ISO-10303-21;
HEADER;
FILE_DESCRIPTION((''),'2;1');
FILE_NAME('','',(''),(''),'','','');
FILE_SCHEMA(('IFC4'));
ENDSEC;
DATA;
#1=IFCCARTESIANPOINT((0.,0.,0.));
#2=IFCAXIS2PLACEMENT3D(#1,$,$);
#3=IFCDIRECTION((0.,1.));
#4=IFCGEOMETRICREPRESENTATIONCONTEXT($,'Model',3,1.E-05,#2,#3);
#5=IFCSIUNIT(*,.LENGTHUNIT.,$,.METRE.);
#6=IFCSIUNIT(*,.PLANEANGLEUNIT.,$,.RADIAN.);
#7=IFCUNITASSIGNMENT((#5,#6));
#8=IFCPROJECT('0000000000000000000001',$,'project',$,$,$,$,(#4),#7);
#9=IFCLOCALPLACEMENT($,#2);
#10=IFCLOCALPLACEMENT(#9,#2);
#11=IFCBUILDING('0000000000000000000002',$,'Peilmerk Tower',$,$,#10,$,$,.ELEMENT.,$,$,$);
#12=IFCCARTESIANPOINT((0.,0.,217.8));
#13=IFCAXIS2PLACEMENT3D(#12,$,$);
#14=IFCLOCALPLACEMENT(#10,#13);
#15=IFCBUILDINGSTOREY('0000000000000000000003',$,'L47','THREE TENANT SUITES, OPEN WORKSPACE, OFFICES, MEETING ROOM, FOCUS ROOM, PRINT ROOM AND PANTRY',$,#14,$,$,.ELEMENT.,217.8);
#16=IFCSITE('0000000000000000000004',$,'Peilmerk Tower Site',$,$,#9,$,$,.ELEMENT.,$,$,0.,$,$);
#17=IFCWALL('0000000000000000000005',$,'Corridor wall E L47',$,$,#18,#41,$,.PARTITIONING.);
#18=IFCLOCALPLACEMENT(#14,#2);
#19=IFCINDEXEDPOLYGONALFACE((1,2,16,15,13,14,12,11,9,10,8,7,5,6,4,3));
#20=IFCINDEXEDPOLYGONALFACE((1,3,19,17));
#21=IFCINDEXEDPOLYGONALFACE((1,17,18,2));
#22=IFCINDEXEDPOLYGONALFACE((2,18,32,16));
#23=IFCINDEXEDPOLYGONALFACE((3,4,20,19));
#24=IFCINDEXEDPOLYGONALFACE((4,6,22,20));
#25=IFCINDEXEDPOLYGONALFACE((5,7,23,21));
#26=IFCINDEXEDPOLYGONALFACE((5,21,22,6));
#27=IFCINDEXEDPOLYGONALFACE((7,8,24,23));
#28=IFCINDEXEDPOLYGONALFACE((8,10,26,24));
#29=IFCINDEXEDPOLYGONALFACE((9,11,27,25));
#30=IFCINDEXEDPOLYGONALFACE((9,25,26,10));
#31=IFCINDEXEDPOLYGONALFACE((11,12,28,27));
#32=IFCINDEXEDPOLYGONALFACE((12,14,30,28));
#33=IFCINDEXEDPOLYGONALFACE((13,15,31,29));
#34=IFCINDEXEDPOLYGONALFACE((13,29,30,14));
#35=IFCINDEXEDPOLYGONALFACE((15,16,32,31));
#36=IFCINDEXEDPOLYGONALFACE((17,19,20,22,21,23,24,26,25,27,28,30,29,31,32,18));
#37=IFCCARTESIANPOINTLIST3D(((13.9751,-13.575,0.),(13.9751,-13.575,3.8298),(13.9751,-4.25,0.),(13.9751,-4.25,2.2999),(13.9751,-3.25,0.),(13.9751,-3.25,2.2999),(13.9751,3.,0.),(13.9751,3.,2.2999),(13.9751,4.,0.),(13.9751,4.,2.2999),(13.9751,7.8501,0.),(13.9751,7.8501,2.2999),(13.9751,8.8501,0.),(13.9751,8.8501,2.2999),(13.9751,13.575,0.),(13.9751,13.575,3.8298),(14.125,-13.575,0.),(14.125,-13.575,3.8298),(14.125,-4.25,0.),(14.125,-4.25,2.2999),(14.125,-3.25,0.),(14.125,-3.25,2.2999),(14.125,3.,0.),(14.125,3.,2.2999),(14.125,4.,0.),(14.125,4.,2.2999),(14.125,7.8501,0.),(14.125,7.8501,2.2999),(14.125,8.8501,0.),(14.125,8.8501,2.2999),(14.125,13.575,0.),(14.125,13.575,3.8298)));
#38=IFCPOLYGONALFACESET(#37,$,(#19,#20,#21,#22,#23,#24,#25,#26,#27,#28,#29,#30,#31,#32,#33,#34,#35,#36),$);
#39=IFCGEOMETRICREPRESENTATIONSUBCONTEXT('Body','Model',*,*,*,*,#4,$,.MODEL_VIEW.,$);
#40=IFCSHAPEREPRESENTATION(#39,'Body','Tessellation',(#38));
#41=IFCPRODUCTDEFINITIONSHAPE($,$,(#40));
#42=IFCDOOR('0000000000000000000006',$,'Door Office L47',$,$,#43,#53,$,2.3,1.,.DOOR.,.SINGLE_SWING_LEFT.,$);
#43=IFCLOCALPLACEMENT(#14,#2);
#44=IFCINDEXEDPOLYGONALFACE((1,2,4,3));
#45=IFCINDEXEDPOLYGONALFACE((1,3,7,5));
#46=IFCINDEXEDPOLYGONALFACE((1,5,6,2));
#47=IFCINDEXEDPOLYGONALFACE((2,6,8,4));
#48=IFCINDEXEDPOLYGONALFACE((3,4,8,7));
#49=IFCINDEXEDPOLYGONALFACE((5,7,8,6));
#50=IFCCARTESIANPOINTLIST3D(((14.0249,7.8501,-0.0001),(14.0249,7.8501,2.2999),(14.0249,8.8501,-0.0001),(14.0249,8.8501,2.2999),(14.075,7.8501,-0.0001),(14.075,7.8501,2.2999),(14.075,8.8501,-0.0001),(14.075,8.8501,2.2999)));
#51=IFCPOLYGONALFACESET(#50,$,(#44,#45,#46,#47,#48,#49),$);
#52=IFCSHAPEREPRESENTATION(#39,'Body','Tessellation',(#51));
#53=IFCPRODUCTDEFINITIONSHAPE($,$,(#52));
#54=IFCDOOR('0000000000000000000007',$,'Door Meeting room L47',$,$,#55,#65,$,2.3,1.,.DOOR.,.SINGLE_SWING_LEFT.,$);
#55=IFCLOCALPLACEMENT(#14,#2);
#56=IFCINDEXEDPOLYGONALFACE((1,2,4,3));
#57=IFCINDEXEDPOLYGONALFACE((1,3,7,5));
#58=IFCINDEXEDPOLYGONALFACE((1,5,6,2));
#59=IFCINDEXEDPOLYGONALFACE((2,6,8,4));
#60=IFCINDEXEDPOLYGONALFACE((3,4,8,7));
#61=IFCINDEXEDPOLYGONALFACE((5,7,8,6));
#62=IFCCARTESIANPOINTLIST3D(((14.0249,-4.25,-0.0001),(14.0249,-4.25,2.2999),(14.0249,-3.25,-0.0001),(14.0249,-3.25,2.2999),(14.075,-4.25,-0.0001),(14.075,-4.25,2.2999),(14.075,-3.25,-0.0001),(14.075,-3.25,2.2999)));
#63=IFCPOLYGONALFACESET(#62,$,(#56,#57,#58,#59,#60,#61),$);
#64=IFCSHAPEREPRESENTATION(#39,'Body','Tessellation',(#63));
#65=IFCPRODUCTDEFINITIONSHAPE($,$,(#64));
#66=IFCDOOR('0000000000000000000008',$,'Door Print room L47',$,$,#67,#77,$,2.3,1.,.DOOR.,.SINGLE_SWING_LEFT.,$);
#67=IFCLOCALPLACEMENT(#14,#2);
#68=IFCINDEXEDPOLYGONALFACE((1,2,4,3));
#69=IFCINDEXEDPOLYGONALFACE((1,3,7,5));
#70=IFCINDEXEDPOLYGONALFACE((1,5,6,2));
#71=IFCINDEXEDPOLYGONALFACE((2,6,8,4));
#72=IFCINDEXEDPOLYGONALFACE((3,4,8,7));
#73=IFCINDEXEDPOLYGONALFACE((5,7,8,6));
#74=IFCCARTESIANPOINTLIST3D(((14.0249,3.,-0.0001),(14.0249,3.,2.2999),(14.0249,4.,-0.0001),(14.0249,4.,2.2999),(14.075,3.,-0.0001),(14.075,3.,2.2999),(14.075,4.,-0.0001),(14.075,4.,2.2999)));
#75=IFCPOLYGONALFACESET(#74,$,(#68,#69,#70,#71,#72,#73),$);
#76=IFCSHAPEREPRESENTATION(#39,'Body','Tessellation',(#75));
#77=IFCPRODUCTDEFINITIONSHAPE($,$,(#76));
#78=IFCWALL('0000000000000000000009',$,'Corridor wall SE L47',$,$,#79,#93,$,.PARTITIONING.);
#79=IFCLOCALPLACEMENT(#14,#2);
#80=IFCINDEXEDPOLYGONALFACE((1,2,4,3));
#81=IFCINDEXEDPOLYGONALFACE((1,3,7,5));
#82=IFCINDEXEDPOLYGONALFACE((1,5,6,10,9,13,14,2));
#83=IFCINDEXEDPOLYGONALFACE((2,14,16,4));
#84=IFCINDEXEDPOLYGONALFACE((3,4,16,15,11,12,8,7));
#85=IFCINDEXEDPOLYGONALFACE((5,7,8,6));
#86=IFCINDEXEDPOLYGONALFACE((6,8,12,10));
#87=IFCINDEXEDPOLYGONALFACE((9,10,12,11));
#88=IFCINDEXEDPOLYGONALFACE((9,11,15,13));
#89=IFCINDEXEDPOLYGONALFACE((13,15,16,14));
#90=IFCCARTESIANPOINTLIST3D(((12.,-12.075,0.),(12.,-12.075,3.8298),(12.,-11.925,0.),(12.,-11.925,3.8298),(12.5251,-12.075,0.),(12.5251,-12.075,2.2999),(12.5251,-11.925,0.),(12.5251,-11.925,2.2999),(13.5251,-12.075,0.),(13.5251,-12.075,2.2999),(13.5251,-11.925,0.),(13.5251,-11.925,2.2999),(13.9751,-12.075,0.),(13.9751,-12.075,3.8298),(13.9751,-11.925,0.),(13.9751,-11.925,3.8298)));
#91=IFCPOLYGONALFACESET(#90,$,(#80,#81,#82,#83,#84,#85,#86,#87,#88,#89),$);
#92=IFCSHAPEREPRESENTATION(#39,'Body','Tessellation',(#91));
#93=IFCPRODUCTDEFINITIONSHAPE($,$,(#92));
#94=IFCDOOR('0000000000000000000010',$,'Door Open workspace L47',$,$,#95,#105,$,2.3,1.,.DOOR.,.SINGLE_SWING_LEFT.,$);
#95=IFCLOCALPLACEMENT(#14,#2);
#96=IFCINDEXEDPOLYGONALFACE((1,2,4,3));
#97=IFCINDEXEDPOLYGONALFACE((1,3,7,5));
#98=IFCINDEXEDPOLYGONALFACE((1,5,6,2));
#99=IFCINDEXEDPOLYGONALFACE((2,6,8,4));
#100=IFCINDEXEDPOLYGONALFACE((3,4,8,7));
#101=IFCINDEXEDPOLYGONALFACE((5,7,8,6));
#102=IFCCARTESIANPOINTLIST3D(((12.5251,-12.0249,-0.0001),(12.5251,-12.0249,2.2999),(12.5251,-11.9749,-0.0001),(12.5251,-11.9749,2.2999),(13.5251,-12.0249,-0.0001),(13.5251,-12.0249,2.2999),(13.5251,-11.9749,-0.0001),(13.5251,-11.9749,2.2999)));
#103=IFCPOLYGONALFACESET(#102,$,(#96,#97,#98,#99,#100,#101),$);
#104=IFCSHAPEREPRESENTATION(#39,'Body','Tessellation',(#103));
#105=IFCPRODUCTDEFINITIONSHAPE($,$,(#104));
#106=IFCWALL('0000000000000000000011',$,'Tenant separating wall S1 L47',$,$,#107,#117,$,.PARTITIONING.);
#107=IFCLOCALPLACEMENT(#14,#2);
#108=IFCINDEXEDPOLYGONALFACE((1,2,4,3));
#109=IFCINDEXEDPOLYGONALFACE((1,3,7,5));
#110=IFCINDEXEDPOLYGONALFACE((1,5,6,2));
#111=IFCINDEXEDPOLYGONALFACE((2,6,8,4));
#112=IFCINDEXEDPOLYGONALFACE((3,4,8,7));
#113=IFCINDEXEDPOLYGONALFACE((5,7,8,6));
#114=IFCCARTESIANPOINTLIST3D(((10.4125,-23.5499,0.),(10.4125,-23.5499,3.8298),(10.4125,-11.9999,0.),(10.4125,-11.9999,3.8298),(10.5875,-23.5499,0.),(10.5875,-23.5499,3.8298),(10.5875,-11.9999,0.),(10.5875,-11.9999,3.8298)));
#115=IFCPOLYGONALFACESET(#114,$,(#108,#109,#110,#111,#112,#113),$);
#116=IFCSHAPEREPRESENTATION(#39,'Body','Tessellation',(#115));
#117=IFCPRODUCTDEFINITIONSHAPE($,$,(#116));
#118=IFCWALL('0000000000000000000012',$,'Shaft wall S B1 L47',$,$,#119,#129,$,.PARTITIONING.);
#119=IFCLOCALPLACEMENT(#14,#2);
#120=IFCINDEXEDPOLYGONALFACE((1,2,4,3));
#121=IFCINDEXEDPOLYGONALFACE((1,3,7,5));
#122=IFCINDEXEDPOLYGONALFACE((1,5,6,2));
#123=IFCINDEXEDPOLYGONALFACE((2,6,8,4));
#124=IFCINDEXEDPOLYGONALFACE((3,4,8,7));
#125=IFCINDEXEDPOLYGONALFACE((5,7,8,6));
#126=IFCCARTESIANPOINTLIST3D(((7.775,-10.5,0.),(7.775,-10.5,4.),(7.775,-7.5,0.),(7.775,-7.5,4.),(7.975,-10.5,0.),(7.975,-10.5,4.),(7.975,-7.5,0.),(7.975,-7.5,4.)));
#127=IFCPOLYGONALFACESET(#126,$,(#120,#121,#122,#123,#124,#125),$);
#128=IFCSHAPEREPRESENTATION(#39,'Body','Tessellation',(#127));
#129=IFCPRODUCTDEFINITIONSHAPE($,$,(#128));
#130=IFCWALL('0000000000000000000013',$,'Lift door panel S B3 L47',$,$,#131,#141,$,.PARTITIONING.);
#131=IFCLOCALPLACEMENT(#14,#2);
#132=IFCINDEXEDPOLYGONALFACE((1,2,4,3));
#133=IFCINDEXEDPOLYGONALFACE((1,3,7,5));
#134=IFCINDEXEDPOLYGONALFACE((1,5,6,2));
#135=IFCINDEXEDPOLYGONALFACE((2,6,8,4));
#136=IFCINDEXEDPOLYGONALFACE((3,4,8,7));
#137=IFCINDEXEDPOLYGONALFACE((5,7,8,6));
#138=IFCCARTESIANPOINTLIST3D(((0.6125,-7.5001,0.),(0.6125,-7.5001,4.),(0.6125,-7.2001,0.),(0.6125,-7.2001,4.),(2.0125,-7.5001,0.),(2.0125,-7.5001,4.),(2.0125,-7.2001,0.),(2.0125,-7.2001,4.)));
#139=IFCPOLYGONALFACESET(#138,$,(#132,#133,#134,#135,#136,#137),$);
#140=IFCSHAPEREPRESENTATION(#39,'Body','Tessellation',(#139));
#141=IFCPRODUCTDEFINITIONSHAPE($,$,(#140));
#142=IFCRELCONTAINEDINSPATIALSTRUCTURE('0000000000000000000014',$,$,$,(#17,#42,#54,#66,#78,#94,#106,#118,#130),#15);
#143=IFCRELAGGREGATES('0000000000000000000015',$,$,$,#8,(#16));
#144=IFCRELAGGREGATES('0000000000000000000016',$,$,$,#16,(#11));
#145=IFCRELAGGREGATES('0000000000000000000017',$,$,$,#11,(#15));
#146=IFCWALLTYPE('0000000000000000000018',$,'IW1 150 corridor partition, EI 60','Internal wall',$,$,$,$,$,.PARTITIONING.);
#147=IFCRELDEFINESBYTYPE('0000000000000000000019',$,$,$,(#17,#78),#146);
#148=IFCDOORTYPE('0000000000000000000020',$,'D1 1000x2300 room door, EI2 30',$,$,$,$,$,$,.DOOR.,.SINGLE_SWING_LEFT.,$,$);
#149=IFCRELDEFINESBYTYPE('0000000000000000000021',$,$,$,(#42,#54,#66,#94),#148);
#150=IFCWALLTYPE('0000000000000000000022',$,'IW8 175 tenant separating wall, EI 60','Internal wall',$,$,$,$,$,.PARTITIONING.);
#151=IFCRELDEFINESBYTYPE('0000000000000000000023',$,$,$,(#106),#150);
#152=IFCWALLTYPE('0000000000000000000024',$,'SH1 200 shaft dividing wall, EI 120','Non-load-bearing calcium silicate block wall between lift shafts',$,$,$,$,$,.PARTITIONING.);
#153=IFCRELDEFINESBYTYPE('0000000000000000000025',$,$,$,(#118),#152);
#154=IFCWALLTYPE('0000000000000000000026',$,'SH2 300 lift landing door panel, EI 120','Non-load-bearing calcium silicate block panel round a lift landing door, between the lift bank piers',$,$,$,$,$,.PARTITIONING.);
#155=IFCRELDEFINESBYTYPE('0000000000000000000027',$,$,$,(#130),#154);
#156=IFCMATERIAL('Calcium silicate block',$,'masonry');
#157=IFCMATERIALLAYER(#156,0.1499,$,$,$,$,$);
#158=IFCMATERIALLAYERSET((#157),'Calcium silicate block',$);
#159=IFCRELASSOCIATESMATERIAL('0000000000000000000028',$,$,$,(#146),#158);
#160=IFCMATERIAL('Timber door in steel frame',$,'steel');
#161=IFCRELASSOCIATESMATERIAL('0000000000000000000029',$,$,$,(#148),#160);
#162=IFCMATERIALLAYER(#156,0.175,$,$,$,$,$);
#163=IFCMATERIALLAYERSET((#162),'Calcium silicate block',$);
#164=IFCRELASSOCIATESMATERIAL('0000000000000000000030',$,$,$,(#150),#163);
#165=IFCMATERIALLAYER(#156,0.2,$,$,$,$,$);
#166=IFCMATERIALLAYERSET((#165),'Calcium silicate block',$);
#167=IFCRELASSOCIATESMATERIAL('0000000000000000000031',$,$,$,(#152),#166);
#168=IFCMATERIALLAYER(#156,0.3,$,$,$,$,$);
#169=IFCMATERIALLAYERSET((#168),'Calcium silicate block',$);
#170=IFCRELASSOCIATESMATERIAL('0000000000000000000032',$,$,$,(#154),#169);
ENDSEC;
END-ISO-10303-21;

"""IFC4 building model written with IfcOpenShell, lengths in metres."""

from ifc_helpers import new_model, si_unit, direction, frame, frame_2d, origin, place, context, subcontext, project, spatial, rectangle, extrude, material, layer, layer_set, type_object, element, fill, save


model = new_model("IFC4")

# Units and contexts
model_context = context("Model", 3, precision=1e-05, world=origin(), true_north=direction((0.0, 1.0)))
body_context = subcontext(model_context, "Body", "Model", "MODEL_VIEW")
ifc_project = project(units=[si_unit("LENGTHUNIT", "METRE"), si_unit("PLANEANGLEUNIT", "RADIAN")], contexts=[model_context])

# Site, building, storey
site_placement = place(None, origin())
site = spatial("IfcSite", under=ifc_project, at=site_placement, Name="Peilmerk Tower Site", CompositionType="ELEMENT", RefElevation=0.0)
building_placement = place(site_placement, origin())
building = spatial("IfcBuilding", under=site, at=building_placement, Name="Peilmerk Tower", CompositionType="ELEMENT")
storey_placement = place(building_placement, frame((0.0, 0.0, 217.8)))
storey = spatial("IfcBuildingStorey", under=building, at=storey_placement, Name="L47", Description="THREE TENANT SUITES, OPEN WORKSPACE, OFFICES, MEETING ROOM, FOCUS ROOM, PRINT ROOM AND PANTRY", CompositionType="ELEMENT", Elevation=217.8)

# Wall, openings, doors
ifc_material_1 = material(Name="Calcium silicate block", Category="masonry")
ifc_layer_1 = layer(ifc_material_1, 0.1499)
ifc_layer_set_1 = layer_set([ifc_layer_1], Name="Calcium silicate block")
wall_type_1 = type_object("IfcWallType", Name="IW1 150 corridor partition, EI 60", Description="Internal wall", PredefinedType="PARTITIONING", material=ifc_layer_set_1)
wall_1_placement = place(storey_placement, frame((14.05, -13.575, 0.0), z_axis=(0.0, 0.0, 1.0), x_axis=(0.0, 1.0, 0.0)))
wall_1 = element("IfcWall", 1, at=wall_1_placement, inside=storey, type_object=wall_type_1, Name="Corridor wall E L47", PredefinedType="PARTITIONING", context=body_context, shape_type="SweptSolid", body=[
    extrude(rectangle(XDim=27.1499, YDim=0.1499, at=frame_2d((13.575, 0.0))), origin(), (0.0, 0.0, 1.0), 3.8298),
])
opening_1_placement = place(wall_1_placement, frame((21.425, 0.0, 0.0)))
opening_1 = element("IfcOpeningElement", 2, at=opening_1_placement, cuts=wall_1, PredefinedType="OPENING", context=body_context, shape_type="SweptSolid", body=[
    extrude(rectangle(XDim=1.0, YDim=2.3, at=frame_2d((0.5, 1.1499))), frame((0.0, 0.085, 0.0), z_axis=(0.0, -1.0, 0.0), x_axis=(1.0, 0.0, 0.0)), (0.0, 0.0, 1.0), 0.1699),
])
opening_2_placement = place(wall_1_placement, frame((9.325, 0.0, 0.0)))
opening_2 = element("IfcOpeningElement", 3, at=opening_2_placement, cuts=wall_1, PredefinedType="OPENING", context=body_context, shape_type="SweptSolid", body=[
    extrude(rectangle(XDim=1.0, YDim=2.3, at=frame_2d((0.5, 1.1499))), frame((0.0, 0.085, 0.0), z_axis=(0.0, -1.0, 0.0), x_axis=(1.0, 0.0, 0.0)), (0.0, 0.0, 1.0), 0.1699),
])
opening_3_placement = place(wall_1_placement, frame((16.575, 0.0, 0.0)))
opening_3 = element("IfcOpeningElement", 4, at=opening_3_placement, cuts=wall_1, PredefinedType="OPENING", context=body_context, shape_type="SweptSolid", body=[
    extrude(rectangle(XDim=1.0, YDim=2.3, at=frame_2d((0.5, 1.1499))), frame((0.0, 0.085, 0.0), z_axis=(0.0, -1.0, 0.0), x_axis=(1.0, 0.0, 0.0)), (0.0, 0.0, 1.0), 0.1699),
])
ifc_material_2 = material(Name="Timber door in steel frame", Category="steel")
door_type_1 = type_object("IfcDoorType", Name="D1 1000x2300 room door, EI2 30", OperationType="SINGLE_SWING_LEFT", PredefinedType="DOOR", material=ifc_material_2)
door_1_placement = place(opening_1_placement, frame((1.0, 0.0, 0.0), z_axis=(0.0, 0.0, 1.0), x_axis=(-1.0, 0.0, 0.0)))
door_1 = element("IfcDoor", 5, at=door_1_placement, inside=storey, type_object=door_type_1, Name="Door Office L47", OperationType="SINGLE_SWING_LEFT", OverallHeight=2.3, OverallWidth=1.0, PredefinedType="DOOR", context=body_context, shape_type="SweptSolid", body=[
    extrude(rectangle(XDim=1.0, YDim=2.3, at=frame_2d((0.5, 1.1499))), frame((0.0, 0.0249, 0.0), z_axis=(0.0, -1.0, 0.0), x_axis=(1.0, 0.0, 0.0)), (0.0, 0.0, 1.0), 0.05),
])
fill(opening_1, door_1)
door_2_placement = place(opening_2_placement, frame((1.0, 0.0, 0.0), z_axis=(0.0, 0.0, 1.0), x_axis=(-1.0, 0.0, 0.0)))
door_2 = element("IfcDoor", 6, at=door_2_placement, inside=storey, type_object=door_type_1, Name="Door Meeting room L47", OperationType="SINGLE_SWING_LEFT", OverallHeight=2.3, OverallWidth=1.0, PredefinedType="DOOR", context=body_context, shape_type="SweptSolid", body=[
    extrude(rectangle(XDim=1.0, YDim=2.3, at=frame_2d((0.5, 1.1499))), frame((0.0, 0.0249, 0.0), z_axis=(0.0, -1.0, 0.0), x_axis=(1.0, 0.0, 0.0)), (0.0, 0.0, 1.0), 0.05),
])
fill(opening_2, door_2)
door_3_placement = place(opening_3_placement, frame((1.0, 0.0, 0.0), z_axis=(0.0, 0.0, 1.0), x_axis=(-1.0, 0.0, 0.0)))
door_3 = element("IfcDoor", 7, at=door_3_placement, inside=storey, type_object=door_type_1, Name="Door Print room L47", OperationType="SINGLE_SWING_LEFT", OverallHeight=2.3, OverallWidth=1.0, PredefinedType="DOOR", context=body_context, shape_type="SweptSolid", body=[
    extrude(rectangle(XDim=1.0, YDim=2.3, at=frame_2d((0.5, 1.1499))), frame((0.0, 0.0249, 0.0), z_axis=(0.0, -1.0, 0.0), x_axis=(1.0, 0.0, 0.0)), (0.0, 0.0, 1.0), 0.05),
])
fill(opening_3, door_3)

# Wall, opening, door
wall_2_placement = place(storey_placement, frame((13.9751, -12.0, 0.0), z_axis=(0.0, 0.0, 1.0), x_axis=(-1.0, 0.0, 0.0)))
wall_2 = element("IfcWall", 8, at=wall_2_placement, inside=storey, type_object=wall_type_1, Name="Corridor wall SE L47", PredefinedType="PARTITIONING", context=body_context, shape_type="SweptSolid", body=[
    extrude(rectangle(XDim=1.9751, YDim=0.1499, at=frame_2d((0.9875, 0.0))), origin(), (0.0, 0.0, 1.0), 3.8298),
])
opening_4_placement = place(wall_2_placement, frame((0.45, 0.0, 0.0)))
opening_4 = element("IfcOpeningElement", 9, at=opening_4_placement, cuts=wall_2, PredefinedType="OPENING", context=body_context, shape_type="SweptSolid", body=[
    extrude(rectangle(XDim=1.0, YDim=2.3, at=frame_2d((0.5, 1.1499))), frame((0.0, 0.085, 0.0), z_axis=(0.0, -1.0, 0.0), x_axis=(1.0, 0.0, 0.0)), (0.0, 0.0, 1.0), 0.1699),
])
door_4_placement = place(opening_4_placement, origin())
door_4 = element("IfcDoor", 10, at=door_4_placement, inside=storey, type_object=door_type_1, Name="Door Open workspace L47", OperationType="SINGLE_SWING_LEFT", OverallHeight=2.3, OverallWidth=1.0, PredefinedType="DOOR", context=body_context, shape_type="SweptSolid", body=[
    extrude(rectangle(XDim=1.0, YDim=2.3, at=frame_2d((0.5, 1.1499))), frame((0.0, 0.0249, 0.0), z_axis=(0.0, -1.0, 0.0), x_axis=(1.0, 0.0, 0.0)), (0.0, 0.0, 1.0), 0.05),
])
fill(opening_4, door_4)

# Walls
ifc_layer_2 = layer(ifc_material_1, 0.175)
ifc_layer_set_2 = layer_set([ifc_layer_2], Name="Calcium silicate block")
wall_type_2 = type_object("IfcWallType", Name="IW8 175 tenant separating wall, EI 60", Description="Internal wall", PredefinedType="PARTITIONING", material=ifc_layer_set_2)
wall_3_placement = place(storey_placement, frame((10.5, -12.0, 0.0), z_axis=(0.0, 0.0, 1.0), x_axis=(0.0, -1.0, 0.0)))
element("IfcWall", 11, at=wall_3_placement, inside=storey, type_object=wall_type_2, Name="Tenant separating wall S1 L47", PredefinedType="PARTITIONING", context=body_context, shape_type="SweptSolid", body=[
    extrude(rectangle(XDim=11.55, YDim=0.175, at=frame_2d((5.7749, 0.0))), origin(), (0.0, 0.0, 1.0), 3.8298),
])
ifc_layer_3 = layer(ifc_material_1, 0.2)
ifc_layer_set_3 = layer_set([ifc_layer_3], Name="Calcium silicate block")
wall_type_3 = type_object("IfcWallType", Name="SH1 200 shaft dividing wall, EI 120", Description="Non-load-bearing calcium silicate block wall between lift shafts", PredefinedType="PARTITIONING", material=ifc_layer_set_3)
wall_4_placement = place(storey_placement, frame((7.875, -10.5, 0.0), z_axis=(0.0, 0.0, 1.0), x_axis=(0.0, 1.0, 0.0)))
element("IfcWall", 12, at=wall_4_placement, inside=storey, type_object=wall_type_3, Name="Shaft wall S B1 L47", PredefinedType="PARTITIONING", context=body_context, shape_type="SweptSolid", body=[
    extrude(rectangle(XDim=3.0, YDim=0.2, at=frame_2d((1.5, 0.0))), origin(), (0.0, 0.0, 1.0), 4.0),
])
ifc_layer_4 = layer(ifc_material_1, 0.3)
ifc_layer_set_4 = layer_set([ifc_layer_4], Name="Calcium silicate block")
wall_type_4 = type_object("IfcWallType", Name="SH2 300 lift landing door panel, EI 120", Description="Non-load-bearing calcium silicate block panel round a lift landing door, between the lift bank piers", PredefinedType="PARTITIONING", material=ifc_layer_set_4)
wall_5_placement = place(storey_placement, frame((0.6125, -7.3501, 0.0), z_axis=(0.0, 0.0, 1.0), x_axis=(1.0, 0.0, 0.0)))
element("IfcWall", 13, at=wall_5_placement, inside=storey, type_object=wall_type_4, Name="Lift door panel S B3 L47", PredefinedType="PARTITIONING", context=body_context, shape_type="SweptSolid", body=[
    extrude(rectangle(XDim=1.3999, YDim=0.3, at=frame_2d((0.7, 0.0))), origin(), (0.0, 0.0, 1.0), 4.0),
])

save(model, "model.ifc")
